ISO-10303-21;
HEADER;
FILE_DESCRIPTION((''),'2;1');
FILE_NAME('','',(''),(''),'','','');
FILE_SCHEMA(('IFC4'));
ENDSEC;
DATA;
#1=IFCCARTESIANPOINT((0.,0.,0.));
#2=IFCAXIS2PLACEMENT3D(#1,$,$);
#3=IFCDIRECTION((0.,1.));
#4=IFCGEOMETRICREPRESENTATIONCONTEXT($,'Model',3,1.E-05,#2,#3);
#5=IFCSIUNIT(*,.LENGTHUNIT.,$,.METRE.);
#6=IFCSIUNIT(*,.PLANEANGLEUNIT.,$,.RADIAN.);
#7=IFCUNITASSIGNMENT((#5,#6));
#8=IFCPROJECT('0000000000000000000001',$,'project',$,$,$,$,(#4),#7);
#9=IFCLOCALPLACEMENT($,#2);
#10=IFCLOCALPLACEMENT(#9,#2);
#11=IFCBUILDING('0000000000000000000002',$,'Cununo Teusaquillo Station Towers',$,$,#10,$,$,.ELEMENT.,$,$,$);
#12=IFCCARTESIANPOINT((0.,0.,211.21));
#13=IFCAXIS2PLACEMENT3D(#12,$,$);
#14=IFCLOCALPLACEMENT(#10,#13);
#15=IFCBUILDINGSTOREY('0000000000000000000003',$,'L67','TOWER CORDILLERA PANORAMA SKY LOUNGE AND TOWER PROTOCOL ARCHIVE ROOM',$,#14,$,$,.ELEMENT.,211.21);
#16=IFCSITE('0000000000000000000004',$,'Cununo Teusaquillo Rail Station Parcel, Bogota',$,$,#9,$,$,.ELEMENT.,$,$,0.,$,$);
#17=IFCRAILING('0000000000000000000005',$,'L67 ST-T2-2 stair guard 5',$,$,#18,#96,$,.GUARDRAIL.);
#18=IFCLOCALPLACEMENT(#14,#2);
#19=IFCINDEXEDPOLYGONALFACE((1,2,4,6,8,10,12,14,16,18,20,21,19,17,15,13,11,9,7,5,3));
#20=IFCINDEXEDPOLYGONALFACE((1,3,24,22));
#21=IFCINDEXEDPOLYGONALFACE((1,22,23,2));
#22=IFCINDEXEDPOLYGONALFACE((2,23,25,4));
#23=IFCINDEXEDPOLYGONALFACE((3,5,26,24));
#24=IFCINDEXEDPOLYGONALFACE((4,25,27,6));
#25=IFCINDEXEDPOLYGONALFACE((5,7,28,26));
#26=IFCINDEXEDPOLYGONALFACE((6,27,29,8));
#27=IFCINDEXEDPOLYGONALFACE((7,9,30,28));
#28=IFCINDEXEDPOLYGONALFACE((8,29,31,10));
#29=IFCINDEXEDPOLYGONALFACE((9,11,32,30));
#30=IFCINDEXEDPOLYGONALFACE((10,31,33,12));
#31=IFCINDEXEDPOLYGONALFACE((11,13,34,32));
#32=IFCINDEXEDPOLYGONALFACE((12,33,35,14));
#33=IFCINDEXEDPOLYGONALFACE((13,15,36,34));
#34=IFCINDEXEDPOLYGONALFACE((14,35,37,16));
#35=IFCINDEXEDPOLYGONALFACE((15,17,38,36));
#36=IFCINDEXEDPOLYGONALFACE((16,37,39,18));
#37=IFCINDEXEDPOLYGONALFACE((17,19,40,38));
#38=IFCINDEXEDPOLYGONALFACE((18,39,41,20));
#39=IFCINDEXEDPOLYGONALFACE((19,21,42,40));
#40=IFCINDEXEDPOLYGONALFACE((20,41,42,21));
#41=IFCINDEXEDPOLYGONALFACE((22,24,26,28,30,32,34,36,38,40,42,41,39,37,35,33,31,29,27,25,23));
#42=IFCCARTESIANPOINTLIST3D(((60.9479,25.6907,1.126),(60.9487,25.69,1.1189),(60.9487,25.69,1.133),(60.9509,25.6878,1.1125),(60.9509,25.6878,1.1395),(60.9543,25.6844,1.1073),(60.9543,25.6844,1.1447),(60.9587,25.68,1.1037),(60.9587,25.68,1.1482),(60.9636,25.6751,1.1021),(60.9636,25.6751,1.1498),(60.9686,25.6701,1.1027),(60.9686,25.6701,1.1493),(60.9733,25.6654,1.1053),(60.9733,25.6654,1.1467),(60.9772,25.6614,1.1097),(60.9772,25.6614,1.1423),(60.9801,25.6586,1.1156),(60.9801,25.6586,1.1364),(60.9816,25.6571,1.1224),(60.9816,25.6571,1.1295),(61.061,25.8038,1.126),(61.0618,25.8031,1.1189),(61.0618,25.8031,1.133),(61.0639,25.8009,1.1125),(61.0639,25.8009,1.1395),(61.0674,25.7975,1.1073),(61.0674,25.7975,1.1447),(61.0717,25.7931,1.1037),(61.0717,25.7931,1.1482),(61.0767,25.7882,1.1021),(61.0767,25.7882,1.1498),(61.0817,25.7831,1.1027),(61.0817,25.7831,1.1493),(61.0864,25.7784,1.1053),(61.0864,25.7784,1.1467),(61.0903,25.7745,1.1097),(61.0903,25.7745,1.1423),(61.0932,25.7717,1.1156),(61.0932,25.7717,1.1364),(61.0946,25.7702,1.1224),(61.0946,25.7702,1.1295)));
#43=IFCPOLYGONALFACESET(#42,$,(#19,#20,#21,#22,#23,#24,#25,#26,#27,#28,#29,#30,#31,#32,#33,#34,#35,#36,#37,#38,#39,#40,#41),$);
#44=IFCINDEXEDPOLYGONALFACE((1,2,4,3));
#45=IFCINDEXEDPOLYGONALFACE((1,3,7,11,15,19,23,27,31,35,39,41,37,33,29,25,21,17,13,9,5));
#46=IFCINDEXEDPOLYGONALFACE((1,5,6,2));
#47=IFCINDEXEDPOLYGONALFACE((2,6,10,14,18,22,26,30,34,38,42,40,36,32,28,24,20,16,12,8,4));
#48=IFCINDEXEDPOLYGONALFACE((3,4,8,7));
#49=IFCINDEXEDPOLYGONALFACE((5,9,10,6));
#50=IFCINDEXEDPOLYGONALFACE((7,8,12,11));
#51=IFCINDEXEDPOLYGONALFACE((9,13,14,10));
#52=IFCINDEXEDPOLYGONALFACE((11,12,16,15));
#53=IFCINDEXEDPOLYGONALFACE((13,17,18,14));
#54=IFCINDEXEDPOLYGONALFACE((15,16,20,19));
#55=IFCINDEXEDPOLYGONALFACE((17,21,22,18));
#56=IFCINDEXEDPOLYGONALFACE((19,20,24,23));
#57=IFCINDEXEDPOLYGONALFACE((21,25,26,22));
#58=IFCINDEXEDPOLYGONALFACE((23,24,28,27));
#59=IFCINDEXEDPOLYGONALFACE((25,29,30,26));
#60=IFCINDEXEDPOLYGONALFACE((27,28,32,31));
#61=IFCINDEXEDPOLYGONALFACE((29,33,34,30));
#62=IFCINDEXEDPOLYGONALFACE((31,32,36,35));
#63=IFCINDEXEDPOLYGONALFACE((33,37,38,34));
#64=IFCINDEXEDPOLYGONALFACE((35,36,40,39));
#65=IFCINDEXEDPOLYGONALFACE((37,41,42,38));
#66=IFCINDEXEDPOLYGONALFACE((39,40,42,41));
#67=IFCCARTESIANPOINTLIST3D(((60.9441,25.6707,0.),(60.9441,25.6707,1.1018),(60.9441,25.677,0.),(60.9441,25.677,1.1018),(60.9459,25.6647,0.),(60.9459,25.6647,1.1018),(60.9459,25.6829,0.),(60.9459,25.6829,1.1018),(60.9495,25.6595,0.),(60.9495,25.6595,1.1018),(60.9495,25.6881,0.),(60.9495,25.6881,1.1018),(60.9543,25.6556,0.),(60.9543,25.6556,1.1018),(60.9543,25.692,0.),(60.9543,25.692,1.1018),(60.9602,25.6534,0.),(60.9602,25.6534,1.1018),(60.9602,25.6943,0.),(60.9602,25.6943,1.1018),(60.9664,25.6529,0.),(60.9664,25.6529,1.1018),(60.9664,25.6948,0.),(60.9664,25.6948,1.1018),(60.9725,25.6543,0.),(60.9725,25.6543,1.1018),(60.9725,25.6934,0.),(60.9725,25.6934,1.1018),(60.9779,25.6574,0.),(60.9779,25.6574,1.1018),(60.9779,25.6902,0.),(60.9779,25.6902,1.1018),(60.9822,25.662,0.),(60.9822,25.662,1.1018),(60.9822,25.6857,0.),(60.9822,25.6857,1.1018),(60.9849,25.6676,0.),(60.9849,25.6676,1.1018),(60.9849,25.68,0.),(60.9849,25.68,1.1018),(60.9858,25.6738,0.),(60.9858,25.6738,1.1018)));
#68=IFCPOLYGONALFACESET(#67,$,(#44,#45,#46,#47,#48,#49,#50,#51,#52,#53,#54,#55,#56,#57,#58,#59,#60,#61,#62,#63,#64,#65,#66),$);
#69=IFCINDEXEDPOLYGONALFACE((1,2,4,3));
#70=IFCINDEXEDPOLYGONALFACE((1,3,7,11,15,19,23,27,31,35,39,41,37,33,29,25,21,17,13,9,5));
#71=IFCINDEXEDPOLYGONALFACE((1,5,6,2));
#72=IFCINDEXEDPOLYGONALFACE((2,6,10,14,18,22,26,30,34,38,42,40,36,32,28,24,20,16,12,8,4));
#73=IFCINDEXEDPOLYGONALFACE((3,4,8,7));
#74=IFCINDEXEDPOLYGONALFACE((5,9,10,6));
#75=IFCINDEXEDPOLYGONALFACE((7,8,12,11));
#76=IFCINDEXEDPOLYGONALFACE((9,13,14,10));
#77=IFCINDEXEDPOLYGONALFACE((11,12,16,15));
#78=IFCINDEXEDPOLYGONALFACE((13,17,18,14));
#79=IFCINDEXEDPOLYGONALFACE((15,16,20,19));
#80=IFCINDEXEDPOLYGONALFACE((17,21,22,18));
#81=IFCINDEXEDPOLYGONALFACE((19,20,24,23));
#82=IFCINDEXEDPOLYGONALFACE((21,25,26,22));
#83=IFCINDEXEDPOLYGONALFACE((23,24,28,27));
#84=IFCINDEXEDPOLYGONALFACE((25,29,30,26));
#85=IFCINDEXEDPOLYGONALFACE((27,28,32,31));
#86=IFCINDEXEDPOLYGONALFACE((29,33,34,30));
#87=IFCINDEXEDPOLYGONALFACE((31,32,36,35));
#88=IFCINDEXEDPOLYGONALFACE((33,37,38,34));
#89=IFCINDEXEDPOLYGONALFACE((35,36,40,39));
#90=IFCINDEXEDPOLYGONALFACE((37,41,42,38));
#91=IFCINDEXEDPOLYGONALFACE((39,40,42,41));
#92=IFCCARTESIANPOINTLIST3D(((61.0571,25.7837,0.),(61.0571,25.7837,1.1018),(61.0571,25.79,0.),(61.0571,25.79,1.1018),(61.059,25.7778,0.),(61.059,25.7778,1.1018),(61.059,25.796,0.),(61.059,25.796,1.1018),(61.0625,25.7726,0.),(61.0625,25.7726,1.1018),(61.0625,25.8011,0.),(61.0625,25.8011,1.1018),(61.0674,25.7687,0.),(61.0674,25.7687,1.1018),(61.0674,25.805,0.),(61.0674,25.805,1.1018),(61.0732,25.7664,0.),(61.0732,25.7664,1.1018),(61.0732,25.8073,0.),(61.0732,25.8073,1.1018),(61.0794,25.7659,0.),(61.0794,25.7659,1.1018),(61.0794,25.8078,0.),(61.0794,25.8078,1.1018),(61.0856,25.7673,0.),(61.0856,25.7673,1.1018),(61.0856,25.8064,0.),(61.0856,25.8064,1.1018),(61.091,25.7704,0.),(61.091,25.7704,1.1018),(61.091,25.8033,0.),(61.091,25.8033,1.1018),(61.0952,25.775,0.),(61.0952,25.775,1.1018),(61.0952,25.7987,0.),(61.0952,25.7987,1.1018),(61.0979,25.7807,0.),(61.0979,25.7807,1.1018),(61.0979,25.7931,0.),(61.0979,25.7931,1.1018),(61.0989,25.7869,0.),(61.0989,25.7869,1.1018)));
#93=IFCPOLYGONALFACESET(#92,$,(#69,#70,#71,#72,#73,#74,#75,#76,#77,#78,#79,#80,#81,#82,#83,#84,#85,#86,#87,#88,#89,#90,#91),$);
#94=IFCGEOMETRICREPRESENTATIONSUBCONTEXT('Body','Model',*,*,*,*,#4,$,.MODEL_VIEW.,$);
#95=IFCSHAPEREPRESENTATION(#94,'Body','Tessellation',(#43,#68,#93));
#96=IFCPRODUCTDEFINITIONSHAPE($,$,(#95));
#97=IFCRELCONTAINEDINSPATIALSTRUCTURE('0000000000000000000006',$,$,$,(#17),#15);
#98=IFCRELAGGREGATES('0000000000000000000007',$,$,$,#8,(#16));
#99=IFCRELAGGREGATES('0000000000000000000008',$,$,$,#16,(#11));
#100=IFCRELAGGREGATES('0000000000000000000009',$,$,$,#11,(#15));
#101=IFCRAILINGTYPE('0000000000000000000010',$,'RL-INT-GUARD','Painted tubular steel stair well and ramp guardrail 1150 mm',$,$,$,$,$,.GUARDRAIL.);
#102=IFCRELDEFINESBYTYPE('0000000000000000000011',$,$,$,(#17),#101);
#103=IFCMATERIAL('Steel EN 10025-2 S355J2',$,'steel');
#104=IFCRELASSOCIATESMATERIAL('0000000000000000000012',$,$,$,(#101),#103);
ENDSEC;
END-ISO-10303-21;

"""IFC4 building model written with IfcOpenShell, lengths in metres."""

from ifc_helpers import new_model, si_unit, direction, frame, origin, origin_2d, place, context, subcontext, project, spatial, circle, extrude, material, type_object, element, save


model = new_model("IFC4")

# Units and contexts
model_context = context("Model", 3, precision=1e-05, world=origin(), true_north=direction((0.0, 1.0)))
body_context = subcontext(model_context, "Body", "Model", "MODEL_VIEW")
ifc_project = project(units=[si_unit("LENGTHUNIT", "METRE"), si_unit("PLANEANGLEUNIT", "RADIAN")], contexts=[model_context])

# Site, building, storey
site_placement = place(None, origin())
site = spatial("IfcSite", under=ifc_project, at=site_placement, Name="Cununo Teusaquillo Rail Station Parcel, Bogota", CompositionType="ELEMENT", RefElevation=0.0)
building_placement = place(site_placement, origin())
building = spatial("IfcBuilding", under=site, at=building_placement, Name="Cununo Teusaquillo Station Towers", CompositionType="ELEMENT")
storey_placement = place(building_placement, frame((0.0, 0.0, 211.21)))
storey = spatial("IfcBuildingStorey", under=building, at=storey_placement, Name="L67", Description="TOWER CORDILLERA PANORAMA SKY LOUNGE AND TOWER PROTOCOL ARCHIVE ROOM", CompositionType="ELEMENT", Elevation=211.21)

# Railing
ifc_material_1 = material(Name="Steel EN 10025-2 S355J2", Category="steel")
railing_type_1 = type_object("IfcRailingType", Name="RL-INT-GUARD", Description="Painted tubular steel stair well and ramp guardrail 1150 mm", PredefinedType="GUARDRAIL", material=ifc_material_1)
railing_1_placement = place(storey_placement, frame((60.9648, 25.6738, 0.0)))
element("IfcRailing", 1, at=railing_1_placement, inside=storey, type_object=railing_type_1, Name="L67 ST-T2-2 stair guard 5", PredefinedType="GUARDRAIL", context=body_context, shape_type="SweptSolid", body=[
    extrude(circle(Radius=0.0239, at=origin_2d()), frame((0.0, 0.0, 1.126), z_axis=(0.707107, 0.707107, 0.0), x_axis=(-0.707107, 0.707107, 0.0)), (0.0, 0.0, 1.0), 0.1599),
    extrude(circle(Radius=0.021, at=origin_2d()), origin(), (0.0, 0.0, 1.0), 1.1018),
    extrude(circle(Radius=0.021, at=origin_2d()), frame((0.113, 0.113, 0.0)), (0.0, 0.0, 1.0), 1.1018),
])

save(model, "model.ifc")
